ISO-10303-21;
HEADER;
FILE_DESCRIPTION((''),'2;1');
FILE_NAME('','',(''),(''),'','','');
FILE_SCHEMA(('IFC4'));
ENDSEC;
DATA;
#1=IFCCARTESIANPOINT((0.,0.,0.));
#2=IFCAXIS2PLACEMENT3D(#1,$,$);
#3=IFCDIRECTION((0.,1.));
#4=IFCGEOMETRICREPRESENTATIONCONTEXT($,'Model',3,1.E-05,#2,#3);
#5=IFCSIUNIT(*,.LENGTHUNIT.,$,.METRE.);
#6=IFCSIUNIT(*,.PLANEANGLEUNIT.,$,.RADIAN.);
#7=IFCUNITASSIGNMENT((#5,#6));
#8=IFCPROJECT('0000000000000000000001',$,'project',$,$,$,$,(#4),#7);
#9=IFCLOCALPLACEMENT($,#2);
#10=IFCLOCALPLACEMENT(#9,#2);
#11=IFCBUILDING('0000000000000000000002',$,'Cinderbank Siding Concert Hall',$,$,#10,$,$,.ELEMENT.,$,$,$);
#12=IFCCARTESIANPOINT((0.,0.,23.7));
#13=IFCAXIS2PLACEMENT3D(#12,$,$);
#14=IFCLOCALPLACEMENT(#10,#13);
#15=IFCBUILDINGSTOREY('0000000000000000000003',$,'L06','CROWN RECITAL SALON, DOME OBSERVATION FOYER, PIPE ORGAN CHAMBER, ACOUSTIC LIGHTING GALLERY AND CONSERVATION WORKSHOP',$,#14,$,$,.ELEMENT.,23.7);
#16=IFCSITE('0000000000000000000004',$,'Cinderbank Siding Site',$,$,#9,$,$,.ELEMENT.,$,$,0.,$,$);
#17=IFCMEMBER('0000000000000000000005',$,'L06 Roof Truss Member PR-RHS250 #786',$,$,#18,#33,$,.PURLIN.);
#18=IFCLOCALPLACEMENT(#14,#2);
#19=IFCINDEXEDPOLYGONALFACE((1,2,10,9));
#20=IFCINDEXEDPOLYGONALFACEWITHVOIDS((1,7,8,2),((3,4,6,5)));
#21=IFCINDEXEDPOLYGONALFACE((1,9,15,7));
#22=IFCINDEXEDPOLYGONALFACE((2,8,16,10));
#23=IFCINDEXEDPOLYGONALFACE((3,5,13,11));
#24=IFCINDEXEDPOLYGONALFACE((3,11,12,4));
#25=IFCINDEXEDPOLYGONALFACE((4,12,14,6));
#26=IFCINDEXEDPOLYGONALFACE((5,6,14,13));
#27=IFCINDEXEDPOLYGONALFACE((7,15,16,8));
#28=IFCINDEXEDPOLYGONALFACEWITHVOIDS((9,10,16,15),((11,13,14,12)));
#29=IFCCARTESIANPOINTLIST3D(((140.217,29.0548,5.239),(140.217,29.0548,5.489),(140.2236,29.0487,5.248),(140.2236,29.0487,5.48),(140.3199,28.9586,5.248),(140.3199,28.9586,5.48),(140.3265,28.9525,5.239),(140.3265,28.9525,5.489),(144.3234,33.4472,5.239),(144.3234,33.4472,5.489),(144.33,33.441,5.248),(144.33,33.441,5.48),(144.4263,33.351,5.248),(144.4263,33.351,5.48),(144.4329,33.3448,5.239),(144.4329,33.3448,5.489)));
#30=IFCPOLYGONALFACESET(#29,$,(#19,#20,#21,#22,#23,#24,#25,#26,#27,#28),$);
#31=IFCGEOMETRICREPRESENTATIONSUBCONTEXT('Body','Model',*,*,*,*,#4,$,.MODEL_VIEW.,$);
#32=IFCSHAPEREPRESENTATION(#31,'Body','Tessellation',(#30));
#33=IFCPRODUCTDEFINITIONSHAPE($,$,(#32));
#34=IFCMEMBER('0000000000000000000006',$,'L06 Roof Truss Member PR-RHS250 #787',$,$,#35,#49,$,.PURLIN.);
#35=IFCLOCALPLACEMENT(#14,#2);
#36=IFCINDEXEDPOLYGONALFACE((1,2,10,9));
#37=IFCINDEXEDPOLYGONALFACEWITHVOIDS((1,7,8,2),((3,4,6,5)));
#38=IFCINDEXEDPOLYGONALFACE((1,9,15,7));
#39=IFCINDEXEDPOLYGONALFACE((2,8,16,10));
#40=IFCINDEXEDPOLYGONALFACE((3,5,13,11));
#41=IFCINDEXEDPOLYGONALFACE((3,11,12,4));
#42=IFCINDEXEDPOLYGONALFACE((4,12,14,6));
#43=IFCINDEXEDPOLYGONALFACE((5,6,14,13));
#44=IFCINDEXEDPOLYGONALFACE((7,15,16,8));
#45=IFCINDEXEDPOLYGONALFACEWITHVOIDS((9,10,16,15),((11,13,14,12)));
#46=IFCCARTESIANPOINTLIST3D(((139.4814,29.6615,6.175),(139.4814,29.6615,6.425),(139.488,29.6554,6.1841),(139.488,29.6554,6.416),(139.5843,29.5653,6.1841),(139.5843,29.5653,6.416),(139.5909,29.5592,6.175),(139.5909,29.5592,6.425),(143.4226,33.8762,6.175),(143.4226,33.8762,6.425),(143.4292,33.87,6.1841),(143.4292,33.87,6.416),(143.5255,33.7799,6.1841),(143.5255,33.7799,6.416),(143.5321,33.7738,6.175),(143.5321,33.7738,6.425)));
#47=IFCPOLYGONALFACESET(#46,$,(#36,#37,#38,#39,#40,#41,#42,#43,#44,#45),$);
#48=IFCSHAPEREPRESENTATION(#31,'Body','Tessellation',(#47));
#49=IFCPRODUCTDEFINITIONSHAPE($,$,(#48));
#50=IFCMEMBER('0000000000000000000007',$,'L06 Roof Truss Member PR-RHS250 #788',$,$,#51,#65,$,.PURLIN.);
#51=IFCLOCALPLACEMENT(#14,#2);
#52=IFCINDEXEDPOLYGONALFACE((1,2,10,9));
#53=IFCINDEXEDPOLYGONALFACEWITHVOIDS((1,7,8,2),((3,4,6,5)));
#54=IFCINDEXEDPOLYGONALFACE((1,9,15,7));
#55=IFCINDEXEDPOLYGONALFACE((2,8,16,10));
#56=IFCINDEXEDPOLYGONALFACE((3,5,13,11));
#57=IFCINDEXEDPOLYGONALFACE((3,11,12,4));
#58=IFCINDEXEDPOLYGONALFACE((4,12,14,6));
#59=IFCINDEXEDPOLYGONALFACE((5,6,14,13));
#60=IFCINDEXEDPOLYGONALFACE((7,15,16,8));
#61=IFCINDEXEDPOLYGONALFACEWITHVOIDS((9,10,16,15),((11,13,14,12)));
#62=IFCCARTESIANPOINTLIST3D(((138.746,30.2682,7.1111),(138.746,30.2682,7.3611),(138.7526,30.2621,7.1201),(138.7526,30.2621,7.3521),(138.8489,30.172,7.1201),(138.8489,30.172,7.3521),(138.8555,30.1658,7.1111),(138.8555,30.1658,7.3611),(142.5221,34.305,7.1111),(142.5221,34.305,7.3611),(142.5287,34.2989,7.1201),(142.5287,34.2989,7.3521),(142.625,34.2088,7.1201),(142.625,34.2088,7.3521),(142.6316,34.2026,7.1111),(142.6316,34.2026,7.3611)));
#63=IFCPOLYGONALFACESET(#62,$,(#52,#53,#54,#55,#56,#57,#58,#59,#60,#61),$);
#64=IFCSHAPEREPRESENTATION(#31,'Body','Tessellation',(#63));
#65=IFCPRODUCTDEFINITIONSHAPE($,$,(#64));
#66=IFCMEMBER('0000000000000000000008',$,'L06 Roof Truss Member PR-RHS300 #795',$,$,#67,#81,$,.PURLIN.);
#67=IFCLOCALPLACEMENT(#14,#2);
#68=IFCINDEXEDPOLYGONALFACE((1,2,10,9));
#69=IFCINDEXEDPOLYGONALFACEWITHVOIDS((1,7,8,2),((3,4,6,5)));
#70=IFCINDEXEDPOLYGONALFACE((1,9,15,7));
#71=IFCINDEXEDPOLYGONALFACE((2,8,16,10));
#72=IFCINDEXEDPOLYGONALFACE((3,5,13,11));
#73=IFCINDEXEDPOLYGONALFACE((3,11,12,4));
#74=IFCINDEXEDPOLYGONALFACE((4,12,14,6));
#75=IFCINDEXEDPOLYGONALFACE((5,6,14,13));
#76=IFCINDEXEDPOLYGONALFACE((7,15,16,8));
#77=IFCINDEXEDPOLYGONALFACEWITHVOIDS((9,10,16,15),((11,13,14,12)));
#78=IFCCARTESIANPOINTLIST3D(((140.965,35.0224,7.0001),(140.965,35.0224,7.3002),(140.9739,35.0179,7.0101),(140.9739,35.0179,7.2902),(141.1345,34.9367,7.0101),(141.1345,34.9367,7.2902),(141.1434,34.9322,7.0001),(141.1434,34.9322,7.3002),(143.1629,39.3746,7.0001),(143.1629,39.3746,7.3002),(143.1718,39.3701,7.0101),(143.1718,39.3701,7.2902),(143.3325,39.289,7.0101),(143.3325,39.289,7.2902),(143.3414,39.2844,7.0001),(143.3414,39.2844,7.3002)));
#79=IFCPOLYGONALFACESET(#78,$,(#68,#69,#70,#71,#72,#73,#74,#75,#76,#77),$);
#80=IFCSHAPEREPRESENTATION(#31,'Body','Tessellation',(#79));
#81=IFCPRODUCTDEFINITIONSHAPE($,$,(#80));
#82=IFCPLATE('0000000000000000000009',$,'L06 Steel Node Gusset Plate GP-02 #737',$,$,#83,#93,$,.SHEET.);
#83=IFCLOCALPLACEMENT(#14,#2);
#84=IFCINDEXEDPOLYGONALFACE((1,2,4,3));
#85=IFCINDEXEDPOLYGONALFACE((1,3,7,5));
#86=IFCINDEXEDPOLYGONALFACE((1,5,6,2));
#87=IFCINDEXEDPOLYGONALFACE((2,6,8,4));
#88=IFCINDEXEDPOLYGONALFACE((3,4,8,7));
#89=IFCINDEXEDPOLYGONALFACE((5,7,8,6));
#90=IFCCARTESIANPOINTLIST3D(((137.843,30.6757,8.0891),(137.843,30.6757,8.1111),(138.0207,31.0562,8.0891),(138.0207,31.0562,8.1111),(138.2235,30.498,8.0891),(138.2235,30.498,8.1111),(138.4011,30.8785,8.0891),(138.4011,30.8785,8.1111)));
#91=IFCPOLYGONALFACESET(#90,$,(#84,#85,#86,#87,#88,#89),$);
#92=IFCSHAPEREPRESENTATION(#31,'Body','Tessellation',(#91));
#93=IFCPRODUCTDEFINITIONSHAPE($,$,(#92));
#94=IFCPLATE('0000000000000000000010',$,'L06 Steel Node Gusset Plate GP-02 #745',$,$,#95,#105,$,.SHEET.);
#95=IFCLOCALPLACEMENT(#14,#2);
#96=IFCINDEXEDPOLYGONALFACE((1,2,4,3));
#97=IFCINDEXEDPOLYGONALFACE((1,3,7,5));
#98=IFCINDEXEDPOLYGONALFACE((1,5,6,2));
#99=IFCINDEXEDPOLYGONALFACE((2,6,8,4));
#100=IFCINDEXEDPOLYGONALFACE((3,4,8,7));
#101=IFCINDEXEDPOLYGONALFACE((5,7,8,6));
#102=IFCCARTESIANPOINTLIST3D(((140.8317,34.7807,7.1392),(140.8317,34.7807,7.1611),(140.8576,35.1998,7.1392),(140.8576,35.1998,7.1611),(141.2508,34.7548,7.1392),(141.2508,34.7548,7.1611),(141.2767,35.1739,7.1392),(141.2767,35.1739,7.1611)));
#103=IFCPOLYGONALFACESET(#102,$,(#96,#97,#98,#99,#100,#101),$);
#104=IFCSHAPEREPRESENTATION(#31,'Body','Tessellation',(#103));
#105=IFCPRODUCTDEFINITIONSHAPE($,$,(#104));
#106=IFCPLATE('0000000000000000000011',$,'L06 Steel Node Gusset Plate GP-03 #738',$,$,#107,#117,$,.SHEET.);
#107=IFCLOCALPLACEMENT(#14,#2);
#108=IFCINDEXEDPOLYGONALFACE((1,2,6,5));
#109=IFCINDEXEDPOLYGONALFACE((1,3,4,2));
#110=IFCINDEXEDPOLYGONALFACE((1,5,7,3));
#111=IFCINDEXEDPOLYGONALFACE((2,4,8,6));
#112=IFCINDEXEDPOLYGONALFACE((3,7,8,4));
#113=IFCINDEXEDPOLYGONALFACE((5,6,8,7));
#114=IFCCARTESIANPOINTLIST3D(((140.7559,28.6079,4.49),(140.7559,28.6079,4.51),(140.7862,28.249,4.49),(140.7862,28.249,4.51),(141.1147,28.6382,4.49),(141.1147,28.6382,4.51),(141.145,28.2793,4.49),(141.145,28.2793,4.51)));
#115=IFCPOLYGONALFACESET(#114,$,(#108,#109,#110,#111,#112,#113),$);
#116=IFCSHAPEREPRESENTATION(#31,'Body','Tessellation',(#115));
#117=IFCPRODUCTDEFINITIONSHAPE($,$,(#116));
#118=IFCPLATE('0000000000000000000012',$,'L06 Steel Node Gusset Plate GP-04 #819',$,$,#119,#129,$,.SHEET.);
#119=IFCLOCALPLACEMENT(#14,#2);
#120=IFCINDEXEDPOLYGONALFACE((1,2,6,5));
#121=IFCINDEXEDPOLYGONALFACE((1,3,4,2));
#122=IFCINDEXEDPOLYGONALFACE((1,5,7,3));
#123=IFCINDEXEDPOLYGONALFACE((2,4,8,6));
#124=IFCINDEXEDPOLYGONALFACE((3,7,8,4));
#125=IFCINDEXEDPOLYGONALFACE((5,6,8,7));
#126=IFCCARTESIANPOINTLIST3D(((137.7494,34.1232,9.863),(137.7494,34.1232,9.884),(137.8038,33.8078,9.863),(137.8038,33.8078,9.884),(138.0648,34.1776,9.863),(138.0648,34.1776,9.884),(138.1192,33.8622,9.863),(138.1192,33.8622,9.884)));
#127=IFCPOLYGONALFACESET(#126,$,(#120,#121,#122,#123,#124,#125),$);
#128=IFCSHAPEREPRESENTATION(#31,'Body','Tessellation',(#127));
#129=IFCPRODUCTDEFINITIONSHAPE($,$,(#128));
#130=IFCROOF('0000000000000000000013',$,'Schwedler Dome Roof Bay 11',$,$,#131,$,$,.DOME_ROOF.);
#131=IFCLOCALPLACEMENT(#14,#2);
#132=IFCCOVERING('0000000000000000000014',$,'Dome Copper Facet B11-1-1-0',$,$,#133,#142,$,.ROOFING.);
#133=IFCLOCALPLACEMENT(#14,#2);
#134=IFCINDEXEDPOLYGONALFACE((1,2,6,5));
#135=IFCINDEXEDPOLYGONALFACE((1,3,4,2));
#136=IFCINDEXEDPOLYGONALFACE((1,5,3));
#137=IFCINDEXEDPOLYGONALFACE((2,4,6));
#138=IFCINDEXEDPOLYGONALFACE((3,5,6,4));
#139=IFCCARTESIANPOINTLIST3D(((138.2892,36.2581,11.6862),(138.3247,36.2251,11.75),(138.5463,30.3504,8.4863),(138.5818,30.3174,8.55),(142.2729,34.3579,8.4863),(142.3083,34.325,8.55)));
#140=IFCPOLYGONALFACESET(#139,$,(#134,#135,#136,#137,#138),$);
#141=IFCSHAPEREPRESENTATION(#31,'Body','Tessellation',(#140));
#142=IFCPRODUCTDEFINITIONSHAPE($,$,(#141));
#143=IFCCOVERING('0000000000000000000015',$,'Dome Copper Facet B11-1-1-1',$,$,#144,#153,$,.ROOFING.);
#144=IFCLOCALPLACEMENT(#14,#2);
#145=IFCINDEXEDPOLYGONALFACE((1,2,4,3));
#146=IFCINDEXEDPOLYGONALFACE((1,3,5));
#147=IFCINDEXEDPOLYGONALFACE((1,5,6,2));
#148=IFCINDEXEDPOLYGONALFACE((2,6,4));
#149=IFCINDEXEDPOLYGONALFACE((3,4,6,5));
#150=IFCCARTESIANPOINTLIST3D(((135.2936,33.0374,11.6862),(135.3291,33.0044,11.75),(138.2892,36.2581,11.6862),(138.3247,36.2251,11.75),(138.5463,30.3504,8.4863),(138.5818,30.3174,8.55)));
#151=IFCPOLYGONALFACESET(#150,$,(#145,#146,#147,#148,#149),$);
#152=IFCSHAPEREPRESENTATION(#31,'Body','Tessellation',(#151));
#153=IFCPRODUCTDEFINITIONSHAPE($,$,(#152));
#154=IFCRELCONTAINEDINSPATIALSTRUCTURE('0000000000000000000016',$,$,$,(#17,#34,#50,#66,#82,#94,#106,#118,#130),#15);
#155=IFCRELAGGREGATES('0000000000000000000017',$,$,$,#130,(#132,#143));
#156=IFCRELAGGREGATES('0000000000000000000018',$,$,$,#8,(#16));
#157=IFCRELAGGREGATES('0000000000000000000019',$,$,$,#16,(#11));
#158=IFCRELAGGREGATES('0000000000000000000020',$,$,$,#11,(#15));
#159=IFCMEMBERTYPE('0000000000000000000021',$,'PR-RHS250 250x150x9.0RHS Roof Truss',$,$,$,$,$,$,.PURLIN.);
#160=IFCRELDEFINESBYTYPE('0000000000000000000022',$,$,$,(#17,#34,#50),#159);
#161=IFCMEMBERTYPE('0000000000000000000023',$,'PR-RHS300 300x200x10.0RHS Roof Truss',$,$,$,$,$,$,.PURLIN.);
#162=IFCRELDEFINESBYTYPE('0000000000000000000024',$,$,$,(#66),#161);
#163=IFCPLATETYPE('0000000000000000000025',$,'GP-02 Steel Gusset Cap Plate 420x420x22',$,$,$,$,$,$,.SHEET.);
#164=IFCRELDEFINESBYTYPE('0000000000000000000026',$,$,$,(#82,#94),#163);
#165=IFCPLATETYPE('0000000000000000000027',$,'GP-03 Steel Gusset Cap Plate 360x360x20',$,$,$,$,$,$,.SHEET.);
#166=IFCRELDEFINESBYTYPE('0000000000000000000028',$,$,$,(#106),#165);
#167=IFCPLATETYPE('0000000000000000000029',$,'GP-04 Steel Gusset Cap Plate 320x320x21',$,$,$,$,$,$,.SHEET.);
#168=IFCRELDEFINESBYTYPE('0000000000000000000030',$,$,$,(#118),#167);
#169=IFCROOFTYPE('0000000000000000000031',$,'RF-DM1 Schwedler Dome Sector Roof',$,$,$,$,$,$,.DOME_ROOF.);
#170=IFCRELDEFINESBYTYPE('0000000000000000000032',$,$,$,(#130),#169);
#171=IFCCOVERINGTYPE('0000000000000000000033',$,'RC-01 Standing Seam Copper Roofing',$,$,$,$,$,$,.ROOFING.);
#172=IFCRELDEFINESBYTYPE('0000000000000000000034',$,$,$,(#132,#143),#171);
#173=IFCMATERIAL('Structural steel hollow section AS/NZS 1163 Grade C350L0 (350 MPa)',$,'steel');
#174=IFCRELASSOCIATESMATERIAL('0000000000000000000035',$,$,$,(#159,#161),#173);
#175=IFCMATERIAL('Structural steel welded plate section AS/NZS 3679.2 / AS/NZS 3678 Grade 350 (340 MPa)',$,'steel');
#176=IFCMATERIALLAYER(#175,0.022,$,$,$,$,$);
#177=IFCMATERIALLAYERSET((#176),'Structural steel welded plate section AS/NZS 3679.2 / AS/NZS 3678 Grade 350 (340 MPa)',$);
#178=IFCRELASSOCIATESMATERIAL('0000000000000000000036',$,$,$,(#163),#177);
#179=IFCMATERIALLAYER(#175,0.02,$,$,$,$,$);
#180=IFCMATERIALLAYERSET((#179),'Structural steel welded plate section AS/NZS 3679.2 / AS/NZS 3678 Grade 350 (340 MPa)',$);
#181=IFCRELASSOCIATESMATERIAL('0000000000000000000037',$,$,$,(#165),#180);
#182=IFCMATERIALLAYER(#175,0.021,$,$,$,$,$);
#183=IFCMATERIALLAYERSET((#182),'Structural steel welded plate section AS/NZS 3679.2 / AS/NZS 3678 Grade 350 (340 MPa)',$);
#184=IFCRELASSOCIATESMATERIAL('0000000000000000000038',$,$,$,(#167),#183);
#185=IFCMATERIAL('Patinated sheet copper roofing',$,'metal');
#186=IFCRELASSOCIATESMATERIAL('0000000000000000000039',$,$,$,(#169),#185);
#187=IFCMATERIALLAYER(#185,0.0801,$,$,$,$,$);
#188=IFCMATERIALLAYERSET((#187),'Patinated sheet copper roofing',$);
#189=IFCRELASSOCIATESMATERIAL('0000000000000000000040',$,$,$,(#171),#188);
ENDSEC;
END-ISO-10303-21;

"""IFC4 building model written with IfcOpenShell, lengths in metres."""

from ifc_helpers import new_model, si_unit, direction, frame, origin, origin_2d, place, context, subcontext, project, spatial, polyline, rectangle, hollow_rectangle, outline, extrude, material, layer, layer_set, material_profile, profile_set, type_object, element, aggregate, save


model = new_model("IFC4")

# Units and contexts
model_context = context("Model", 3, precision=1e-05, world=origin(), true_north=direction((0.0, 1.0)))
body_context = subcontext(model_context, "Body", "Model", "MODEL_VIEW")
ifc_project = project(units=[si_unit("LENGTHUNIT", "METRE"), si_unit("PLANEANGLEUNIT", "RADIAN")], contexts=[model_context])

# Site, building, storey
site_placement = place(None, origin())
site = spatial("IfcSite", under=ifc_project, at=site_placement, Name="Cinderbank Siding Site", CompositionType="ELEMENT", RefElevation=0.0)
building_placement = place(site_placement, origin())
building = spatial("IfcBuilding", under=site, at=building_placement, Name="Cinderbank Siding Concert Hall", CompositionType="ELEMENT")
storey_placement = place(building_placement, frame((0.0, 0.0, 23.7)))
storey = spatial("IfcBuildingStorey", under=building, at=storey_placement, Name="L06", Description="CROWN RECITAL SALON, DOME OBSERVATION FOYER, PIPE ORGAN CHAMBER, ACOUSTIC LIGHTING GALLERY AND CONSERVATION WORKSHOP", CompositionType="ELEMENT", Elevation=23.7)

# Shared definitions
ifc_material_1 = material(Name="Structural steel welded plate section AS/NZS 3679.2 / AS/NZS 3678 Grade 350 (340 MPa)", Category="steel")

# Members
ifc_material_2 = material(Name="Structural steel hollow section AS/NZS 1163 Grade C350L0 (350 MPa)", Category="steel")
ifc_material_profile_1 = material_profile(ifc_material_2, hollow_rectangle(XDim=0.1499, YDim=0.25, WallThickness=0.009, at=origin_2d()), Name="250x150x9.0RHS", Category="LoadBearing")
ifc_profile_set_1 = profile_set([ifc_material_profile_1], Name="Structural steel hollow section AS/NZS 1163 Grade C350L0 (350 MPa)")
member_type_1 = type_object("IfcMemberType", Name="PR-RHS250 250x150x9.0RHS Roof Truss", PredefinedType="PURLIN", material=ifc_profile_set_1)
member_1_placement = place(storey_placement, frame((140.2717, 29.0037, 5.364), z_axis=(0.682934, 0.73048, 0.0), x_axis=(-0.73048, 0.682934, 0.0)))
element("IfcMember", 1, at=member_1_placement, inside=storey, type_object=member_type_1, Name="L06 Roof Truss Member PR-RHS250 #786", PredefinedType="PURLIN", context=body_context, shape_type="SweptSolid", body=[
    extrude(hollow_rectangle(XDim=0.1499, YDim=0.25, WallThickness=0.009, at=origin_2d()), origin(), (0.0, 0.0, 1.0), 6.0129),
])
member_2_placement = place(storey_placement, frame((139.5361, 29.6104, 6.3), z_axis=(0.683016, 0.730403, 0.0), x_axis=(-0.730403, 0.683016, 0.0)))
element("IfcMember", 2, at=member_2_placement, inside=storey, type_object=member_type_1, Name="L06 Roof Truss Member PR-RHS250 #787", PredefinedType="PURLIN", context=body_context, shape_type="SweptSolid", body=[
    extrude(hollow_rectangle(XDim=0.1499, YDim=0.25, WallThickness=0.009, at=origin_2d()), origin(), (0.0, 0.0, 1.0), 5.7703),
])
member_3_placement = place(storey_placement, frame((138.8008, 30.217, 7.2361), z_axis=(0.683128, 0.730298, 0.0), x_axis=(-0.730298, 0.683128, 0.0)))
element("IfcMember", 3, at=member_3_placement, inside=storey, type_object=member_type_1, Name="L06 Roof Truss Member PR-RHS250 #788", PredefinedType="PURLIN", context=body_context, shape_type="SweptSolid", body=[
    extrude(hollow_rectangle(XDim=0.1499, YDim=0.25, WallThickness=0.009, at=origin_2d()), origin(), (0.0, 0.0, 1.0), 5.5276),
])
ifc_material_profile_2 = material_profile(ifc_material_2, hollow_rectangle(XDim=0.2, YDim=0.3, WallThickness=0.01, at=origin_2d()), Name="300x200x10.0RHS", Category="LoadBearing")
ifc_profile_set_2 = profile_set([ifc_material_profile_2], Name="Structural steel hollow section AS/NZS 1163 Grade C350L0 (350 MPa)")
member_type_2 = type_object("IfcMemberType", Name="PR-RHS300 300x200x10.0RHS Roof Truss", PredefinedType="PURLIN", material=ifc_profile_set_2)
member_4_placement = place(storey_placement, frame((141.0542, 34.9773, 7.1501), z_axis=(0.450795, 0.892627, 0.0), x_axis=(-0.892627, 0.450795, 0.0)))
element("IfcMember", 4, at=member_4_placement, inside=storey, type_object=member_type_2, Name="L06 Roof Truss Member PR-RHS300 #795", PredefinedType="PURLIN", context=body_context, shape_type="SweptSolid", body=[
    extrude(hollow_rectangle(XDim=0.2, YDim=0.3, WallThickness=0.01, at=origin_2d()), origin(), (0.0, 0.0, 1.0), 4.8757),
])

# Plates
ifc_layer_1 = layer(ifc_material_1, 0.022)
ifc_layer_set_1 = layer_set([ifc_layer_1], Name="Structural steel welded plate section AS/NZS 3679.2 / AS/NZS 3678 Grade 350 (340 MPa)")
plate_type_1 = type_object("IfcPlateType", Name="GP-02 Steel Gusset Cap Plate 420x420x22", PredefinedType="SHEET", material=ifc_layer_set_1)
for number, where, z_axis, x_axis, name in (
    (5, (138.1221, 30.7771, 8.0891), (0.0, 0.0, 1.0), (0.423093, 0.906086, 0.0), "L06 Steel Node Gusset Plate GP-02 #737"),
    (6, (141.0542, 34.9773, 7.1392), (0.0, 0.0, 1.0), (0.061571, 0.998103, 0.0), "L06 Steel Node Gusset Plate GP-02 #745"),
):
    element("IfcPlate", number, at=place(storey_placement, frame(where, z_axis=z_axis, x_axis=x_axis)), inside=storey, type_object=plate_type_1, Name=name, PredefinedType="SHEET", context=body_context, shape_type="SweptSolid", body=[
        extrude(rectangle(XDim=0.4199, YDim=0.4199, at=origin_2d()), origin(), (0.0, 0.0, 1.0), 0.022),
    ])
ifc_layer_2 = layer(ifc_material_1, 0.02)
ifc_layer_set_2 = layer_set([ifc_layer_2], Name="Structural steel welded plate section AS/NZS 3679.2 / AS/NZS 3678 Grade 350 (340 MPa)")
plate_type_2 = type_object("IfcPlateType", Name="GP-03 Steel Gusset Cap Plate 360x360x20", PredefinedType="SHEET", material=ifc_layer_set_2)
plate_1_placement = place(storey_placement, frame((140.9504, 28.4436, 4.49), z_axis=(0.0, 0.0, 1.0), x_axis=(-0.996449, -0.0842, 0.0)))
element("IfcPlate", 7, at=plate_1_placement, inside=storey, type_object=plate_type_2, Name="L06 Steel Node Gusset Plate GP-03 #738", PredefinedType="SHEET", context=body_context, shape_type="SweptSolid", body=[
    extrude(rectangle(XDim=0.3601, YDim=0.3601, at=origin_2d()), origin(), (0.0, 0.0, 1.0), 0.02),
])
ifc_layer_3 = layer(ifc_material_1, 0.021)
ifc_layer_set_3 = layer_set([ifc_layer_3], Name="Structural steel welded plate section AS/NZS 3679.2 / AS/NZS 3678 Grade 350 (340 MPa)")
plate_type_3 = type_object("IfcPlateType", Name="GP-04 Steel Gusset Cap Plate 320x320x21", PredefinedType="SHEET", material=ifc_layer_set_3)
plate_2_placement = place(storey_placement, frame((137.9343, 33.9927, 9.863), z_axis=(0.0, 0.0, 1.0), x_axis=(-0.985438, -0.170038, 0.0)))
element("IfcPlate", 8, at=plate_2_placement, inside=storey, type_object=plate_type_3, Name="L06 Steel Node Gusset Plate GP-04 #819", PredefinedType="SHEET", context=body_context, shape_type="SweptSolid", body=[
    extrude(rectangle(XDim=0.3201, YDim=0.3201, at=origin_2d()), origin(), (0.0, 0.0, 1.0), 0.021),
])

# Roof, coverings
ifc_material_3 = material(Name="Patinated sheet copper roofing", Category="metal")
roof_type = type_object("IfcRoofType", Name="RF-DM1 Schwedler Dome Sector Roof", PredefinedType="DOME_ROOF", material=ifc_material_3)
roof_placement = place(storey_placement, origin())
roof = element("IfcRoof", 9, at=roof_placement, inside=storey, type_object=roof_type, Name="Schwedler Dome Roof Bay 11", PredefinedType="DOME_ROOF")
ifc_layer_4 = layer(ifc_material_3, 0.0801)
ifc_layer_set_4 = layer_set([ifc_layer_4], Name="Patinated sheet copper roofing")
covering_type = type_object("IfcCoveringType", Name="RC-01 Standing Seam Copper Roofing", PredefinedType="ROOFING", material=ifc_layer_set_4)
covering_1_placement = place(storey_placement, frame((138.5818, 30.3174, 8.55), z_axis=(0.443061, -0.411994, 0.796214), x_axis=(0.680966, 0.732315, 0.0)))
covering_1 = element("IfcCovering", 10, at=covering_1_placement, type_object=covering_type, Name="Dome Copper Facet B11-1-1-0", PredefinedType="ROOFING", context=body_context, shape_type="SweptSolid", body=[
    extrude(outline(polyline([(0.0, 0.0), (5.4725, 0.0), (4.1512, 5.289), (0.0, 0.0)])), origin(), (0.0, 0.0, -1.0), 0.0801),
])
covering_2_placement = place(storey_placement, frame((138.5818, 30.3174, 8.55), z_axis=(0.442977, -0.412017, 0.79625), x_axis=(-0.038235, 0.878653, 0.475928)))
covering_2 = element("IfcCovering", 11, at=covering_2_placement, type_object=covering_type, Name="Dome Copper Facet B11-1-1-1", PredefinedType="ROOFING", context=body_context, shape_type="SweptSolid", body=[
    extrude(outline(polyline([(0.0, 0.0), (6.7236, 0.0), (4.0083, 3.4603), (0.0, 0.0)])), origin(), (0.0, 0.0, -1.0), 0.0801),
])
aggregate(roof, [covering_1, covering_2])

save(model, "model.ifc")
